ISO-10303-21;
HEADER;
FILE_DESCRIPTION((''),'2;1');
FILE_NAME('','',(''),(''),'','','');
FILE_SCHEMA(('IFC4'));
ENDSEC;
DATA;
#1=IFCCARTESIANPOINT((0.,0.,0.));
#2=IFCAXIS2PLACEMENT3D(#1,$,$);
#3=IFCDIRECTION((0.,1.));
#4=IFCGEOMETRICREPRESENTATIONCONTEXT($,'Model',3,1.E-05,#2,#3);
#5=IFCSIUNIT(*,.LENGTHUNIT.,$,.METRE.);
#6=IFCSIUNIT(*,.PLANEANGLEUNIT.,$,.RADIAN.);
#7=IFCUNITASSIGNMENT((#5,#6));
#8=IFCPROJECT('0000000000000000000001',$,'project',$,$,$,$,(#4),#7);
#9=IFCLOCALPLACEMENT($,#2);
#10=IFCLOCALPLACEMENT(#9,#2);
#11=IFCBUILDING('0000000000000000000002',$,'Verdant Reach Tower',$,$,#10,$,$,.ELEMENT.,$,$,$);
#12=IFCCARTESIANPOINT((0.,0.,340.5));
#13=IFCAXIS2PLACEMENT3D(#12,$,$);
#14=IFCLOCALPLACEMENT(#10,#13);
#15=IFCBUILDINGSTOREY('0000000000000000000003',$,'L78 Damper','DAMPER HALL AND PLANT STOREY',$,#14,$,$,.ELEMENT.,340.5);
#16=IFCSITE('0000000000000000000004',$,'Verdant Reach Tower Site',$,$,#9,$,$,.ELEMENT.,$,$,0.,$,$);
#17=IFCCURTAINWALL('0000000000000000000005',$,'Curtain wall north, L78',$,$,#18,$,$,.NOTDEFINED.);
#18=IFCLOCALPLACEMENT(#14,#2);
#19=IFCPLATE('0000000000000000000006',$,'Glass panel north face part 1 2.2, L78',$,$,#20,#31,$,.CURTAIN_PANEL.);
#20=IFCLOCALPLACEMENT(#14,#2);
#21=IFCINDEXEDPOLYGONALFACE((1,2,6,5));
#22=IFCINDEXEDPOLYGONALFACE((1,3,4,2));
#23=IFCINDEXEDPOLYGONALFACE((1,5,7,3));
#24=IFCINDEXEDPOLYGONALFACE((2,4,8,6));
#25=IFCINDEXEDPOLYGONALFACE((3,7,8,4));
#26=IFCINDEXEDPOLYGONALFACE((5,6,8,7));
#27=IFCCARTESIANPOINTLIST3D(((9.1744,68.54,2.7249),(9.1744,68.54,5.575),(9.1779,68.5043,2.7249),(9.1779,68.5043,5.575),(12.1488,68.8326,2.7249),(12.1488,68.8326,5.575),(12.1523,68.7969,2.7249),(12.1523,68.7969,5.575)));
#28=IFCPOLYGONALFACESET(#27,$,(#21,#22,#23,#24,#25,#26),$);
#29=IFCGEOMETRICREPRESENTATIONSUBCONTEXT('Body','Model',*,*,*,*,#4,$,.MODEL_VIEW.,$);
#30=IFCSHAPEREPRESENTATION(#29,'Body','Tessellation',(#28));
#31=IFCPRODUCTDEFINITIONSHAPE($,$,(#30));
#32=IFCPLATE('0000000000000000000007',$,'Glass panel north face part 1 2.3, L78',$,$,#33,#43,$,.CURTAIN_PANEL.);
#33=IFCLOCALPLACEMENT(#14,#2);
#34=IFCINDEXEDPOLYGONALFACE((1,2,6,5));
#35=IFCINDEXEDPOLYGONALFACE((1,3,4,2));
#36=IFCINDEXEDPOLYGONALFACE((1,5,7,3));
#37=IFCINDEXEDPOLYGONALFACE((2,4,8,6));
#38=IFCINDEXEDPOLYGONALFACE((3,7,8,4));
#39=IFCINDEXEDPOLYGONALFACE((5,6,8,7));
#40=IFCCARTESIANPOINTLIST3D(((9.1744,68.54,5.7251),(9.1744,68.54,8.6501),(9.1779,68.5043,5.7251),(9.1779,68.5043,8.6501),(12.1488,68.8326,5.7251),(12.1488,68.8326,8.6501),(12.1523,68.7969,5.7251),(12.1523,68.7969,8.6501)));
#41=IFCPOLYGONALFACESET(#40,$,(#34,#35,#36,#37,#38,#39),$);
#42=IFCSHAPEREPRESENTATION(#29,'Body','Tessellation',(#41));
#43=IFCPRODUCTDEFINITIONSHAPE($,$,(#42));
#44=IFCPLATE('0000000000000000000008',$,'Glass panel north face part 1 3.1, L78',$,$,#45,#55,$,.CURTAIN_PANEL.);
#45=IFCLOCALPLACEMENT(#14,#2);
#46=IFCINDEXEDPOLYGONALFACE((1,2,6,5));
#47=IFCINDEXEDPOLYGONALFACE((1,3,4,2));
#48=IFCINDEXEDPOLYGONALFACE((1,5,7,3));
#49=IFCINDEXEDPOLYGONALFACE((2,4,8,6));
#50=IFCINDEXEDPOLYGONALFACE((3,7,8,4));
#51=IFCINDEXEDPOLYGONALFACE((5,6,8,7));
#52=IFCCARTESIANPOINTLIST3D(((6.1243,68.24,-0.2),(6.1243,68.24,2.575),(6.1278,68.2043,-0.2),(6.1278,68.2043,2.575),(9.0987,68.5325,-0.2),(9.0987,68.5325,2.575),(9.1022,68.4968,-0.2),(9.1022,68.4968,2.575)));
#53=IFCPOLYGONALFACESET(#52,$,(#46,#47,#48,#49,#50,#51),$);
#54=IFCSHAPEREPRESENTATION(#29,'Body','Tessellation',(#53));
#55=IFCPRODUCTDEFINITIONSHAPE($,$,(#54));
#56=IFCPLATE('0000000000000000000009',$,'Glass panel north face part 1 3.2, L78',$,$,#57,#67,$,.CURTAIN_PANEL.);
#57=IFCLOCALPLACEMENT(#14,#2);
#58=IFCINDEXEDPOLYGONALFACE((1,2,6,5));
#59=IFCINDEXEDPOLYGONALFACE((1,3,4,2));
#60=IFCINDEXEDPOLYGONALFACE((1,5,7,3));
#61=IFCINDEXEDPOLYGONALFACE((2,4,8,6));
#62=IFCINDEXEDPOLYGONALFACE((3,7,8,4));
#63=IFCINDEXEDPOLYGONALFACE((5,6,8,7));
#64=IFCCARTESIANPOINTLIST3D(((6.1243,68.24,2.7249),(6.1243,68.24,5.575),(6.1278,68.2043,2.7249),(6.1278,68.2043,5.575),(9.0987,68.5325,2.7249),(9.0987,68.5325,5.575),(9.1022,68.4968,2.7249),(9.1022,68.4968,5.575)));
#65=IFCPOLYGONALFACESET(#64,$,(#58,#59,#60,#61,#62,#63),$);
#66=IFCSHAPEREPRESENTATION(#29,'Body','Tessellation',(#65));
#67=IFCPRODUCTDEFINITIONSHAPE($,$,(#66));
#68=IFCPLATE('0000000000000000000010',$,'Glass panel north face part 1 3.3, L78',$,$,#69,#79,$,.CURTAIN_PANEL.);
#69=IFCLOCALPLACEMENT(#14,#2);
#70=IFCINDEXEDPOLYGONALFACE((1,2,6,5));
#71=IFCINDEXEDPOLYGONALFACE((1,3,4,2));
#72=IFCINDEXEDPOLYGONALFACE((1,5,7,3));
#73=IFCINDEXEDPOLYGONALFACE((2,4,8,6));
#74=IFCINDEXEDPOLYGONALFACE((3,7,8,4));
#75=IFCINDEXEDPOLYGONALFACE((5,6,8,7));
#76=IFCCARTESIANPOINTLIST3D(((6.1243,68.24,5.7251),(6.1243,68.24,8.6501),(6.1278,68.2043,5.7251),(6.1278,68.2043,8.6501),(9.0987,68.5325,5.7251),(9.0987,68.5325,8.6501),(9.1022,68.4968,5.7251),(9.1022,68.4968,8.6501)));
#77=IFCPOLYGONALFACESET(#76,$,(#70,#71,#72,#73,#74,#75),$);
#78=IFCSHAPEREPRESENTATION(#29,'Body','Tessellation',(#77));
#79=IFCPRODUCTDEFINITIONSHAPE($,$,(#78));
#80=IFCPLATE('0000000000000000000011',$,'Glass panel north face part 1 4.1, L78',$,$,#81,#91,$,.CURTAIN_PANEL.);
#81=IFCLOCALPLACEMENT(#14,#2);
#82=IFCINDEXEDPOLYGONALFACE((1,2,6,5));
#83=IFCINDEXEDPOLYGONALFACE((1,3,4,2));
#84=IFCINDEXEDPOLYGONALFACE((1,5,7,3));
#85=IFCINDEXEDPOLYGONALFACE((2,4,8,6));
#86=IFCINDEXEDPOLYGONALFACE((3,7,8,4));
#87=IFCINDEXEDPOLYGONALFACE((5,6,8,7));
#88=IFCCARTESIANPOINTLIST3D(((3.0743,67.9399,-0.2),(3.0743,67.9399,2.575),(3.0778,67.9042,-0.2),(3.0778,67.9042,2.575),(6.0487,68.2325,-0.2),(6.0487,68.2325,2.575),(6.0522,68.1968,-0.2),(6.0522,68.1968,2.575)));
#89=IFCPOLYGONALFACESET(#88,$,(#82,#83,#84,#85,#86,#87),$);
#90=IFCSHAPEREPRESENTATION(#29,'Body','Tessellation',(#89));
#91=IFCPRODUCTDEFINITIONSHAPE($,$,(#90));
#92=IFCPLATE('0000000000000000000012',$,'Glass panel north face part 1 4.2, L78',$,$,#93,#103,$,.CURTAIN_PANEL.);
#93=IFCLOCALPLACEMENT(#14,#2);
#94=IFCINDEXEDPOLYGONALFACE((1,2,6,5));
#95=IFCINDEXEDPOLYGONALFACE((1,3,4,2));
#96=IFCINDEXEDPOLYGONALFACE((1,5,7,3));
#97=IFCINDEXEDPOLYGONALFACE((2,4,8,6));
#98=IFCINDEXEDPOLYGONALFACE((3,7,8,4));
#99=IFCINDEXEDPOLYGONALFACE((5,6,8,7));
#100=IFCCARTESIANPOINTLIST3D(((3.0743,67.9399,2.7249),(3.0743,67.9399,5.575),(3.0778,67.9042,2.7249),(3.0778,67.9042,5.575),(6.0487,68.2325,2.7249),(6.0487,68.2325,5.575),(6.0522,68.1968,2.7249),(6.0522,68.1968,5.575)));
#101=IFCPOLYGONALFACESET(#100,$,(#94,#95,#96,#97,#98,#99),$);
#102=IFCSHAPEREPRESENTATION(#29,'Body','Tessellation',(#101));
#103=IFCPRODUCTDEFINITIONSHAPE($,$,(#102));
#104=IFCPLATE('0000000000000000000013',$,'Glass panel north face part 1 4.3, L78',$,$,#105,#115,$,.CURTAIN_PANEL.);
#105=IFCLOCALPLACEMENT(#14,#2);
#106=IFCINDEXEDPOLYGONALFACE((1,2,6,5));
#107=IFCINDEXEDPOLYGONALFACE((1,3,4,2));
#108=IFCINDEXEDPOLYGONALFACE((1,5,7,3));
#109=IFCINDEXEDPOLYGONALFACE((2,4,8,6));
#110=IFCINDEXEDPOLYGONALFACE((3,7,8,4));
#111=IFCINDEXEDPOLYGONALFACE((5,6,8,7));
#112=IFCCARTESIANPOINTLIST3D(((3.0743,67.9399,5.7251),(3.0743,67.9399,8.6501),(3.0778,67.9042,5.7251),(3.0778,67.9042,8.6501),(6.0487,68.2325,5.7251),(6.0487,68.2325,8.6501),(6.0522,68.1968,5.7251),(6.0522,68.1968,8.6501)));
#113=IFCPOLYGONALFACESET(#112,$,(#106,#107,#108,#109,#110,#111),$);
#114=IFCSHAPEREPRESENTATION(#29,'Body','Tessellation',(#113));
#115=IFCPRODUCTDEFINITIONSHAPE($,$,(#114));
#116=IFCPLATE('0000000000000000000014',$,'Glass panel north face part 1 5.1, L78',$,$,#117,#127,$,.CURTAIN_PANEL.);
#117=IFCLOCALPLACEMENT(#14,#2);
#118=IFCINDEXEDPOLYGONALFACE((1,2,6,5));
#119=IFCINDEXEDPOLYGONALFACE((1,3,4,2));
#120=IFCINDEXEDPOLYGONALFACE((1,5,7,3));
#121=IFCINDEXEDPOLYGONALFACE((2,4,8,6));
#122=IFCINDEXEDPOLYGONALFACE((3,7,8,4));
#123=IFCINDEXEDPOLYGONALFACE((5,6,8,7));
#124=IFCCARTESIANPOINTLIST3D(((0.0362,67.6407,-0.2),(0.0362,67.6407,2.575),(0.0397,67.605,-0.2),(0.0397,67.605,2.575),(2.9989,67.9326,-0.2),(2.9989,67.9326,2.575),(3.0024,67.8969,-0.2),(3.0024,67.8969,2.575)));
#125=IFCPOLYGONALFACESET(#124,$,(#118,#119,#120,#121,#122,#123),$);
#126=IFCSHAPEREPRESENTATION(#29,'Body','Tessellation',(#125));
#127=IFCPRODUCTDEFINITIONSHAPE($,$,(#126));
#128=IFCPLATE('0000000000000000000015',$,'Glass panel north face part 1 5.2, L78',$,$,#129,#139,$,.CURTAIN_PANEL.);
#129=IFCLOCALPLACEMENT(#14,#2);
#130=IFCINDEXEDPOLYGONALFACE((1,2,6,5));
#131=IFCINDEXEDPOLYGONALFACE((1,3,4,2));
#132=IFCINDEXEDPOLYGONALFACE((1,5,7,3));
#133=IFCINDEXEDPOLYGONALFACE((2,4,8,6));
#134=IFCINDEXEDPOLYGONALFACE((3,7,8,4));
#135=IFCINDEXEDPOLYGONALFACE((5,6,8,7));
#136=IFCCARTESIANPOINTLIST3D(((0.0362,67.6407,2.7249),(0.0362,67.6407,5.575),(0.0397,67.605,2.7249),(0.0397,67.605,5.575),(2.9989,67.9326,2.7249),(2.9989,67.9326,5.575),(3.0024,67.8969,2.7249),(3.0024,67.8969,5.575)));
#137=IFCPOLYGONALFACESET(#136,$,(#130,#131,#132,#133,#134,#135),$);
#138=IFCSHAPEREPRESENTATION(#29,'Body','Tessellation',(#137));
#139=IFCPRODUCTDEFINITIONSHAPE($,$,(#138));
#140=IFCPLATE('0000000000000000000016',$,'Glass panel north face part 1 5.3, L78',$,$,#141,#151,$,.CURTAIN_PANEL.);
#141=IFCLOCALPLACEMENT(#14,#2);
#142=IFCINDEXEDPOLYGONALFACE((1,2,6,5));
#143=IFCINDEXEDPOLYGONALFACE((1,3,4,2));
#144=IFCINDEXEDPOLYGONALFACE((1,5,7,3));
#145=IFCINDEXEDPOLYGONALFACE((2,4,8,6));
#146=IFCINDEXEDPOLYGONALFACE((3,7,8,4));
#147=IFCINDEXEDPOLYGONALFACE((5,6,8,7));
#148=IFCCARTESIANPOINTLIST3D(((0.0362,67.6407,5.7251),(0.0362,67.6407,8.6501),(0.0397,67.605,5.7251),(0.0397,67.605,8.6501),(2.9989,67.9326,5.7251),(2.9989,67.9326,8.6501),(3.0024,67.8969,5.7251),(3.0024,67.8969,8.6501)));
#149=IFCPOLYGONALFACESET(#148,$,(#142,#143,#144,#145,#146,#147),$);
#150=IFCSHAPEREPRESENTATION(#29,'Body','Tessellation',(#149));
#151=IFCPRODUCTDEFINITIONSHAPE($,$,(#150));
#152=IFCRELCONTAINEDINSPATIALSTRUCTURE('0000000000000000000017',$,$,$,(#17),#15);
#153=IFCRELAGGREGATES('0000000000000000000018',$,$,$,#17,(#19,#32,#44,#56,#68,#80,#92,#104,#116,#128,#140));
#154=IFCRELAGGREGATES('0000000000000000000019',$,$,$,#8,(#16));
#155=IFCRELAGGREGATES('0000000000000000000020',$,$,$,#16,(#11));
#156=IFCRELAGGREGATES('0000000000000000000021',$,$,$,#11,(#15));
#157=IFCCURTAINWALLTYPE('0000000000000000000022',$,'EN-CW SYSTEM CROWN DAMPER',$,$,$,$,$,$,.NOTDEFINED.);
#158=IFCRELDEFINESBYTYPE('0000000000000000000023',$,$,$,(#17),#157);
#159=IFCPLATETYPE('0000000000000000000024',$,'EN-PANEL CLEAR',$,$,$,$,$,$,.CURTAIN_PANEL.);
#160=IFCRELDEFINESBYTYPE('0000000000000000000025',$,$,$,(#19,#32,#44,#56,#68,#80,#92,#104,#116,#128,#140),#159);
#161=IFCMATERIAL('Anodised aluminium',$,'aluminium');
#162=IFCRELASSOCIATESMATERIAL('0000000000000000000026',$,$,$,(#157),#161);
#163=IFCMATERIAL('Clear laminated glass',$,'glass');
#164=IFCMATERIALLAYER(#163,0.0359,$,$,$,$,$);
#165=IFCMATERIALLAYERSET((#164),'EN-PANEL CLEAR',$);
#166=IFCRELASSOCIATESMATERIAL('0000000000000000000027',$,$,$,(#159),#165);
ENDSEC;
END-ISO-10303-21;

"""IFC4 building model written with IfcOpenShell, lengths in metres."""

from ifc_helpers import new_model, si_unit, direction, frame, origin, origin_2d, place, context, subcontext, project, spatial, rectangle, extrude, material, layer, layer_set, type_object, element, aggregate, save


model = new_model("IFC4")

# Units and contexts
model_context = context("Model", 3, precision=1e-05, world=origin(), true_north=direction((0.0, 1.0)))
body_context = subcontext(model_context, "Body", "Model", "MODEL_VIEW")
ifc_project = project(units=[si_unit("LENGTHUNIT", "METRE"), si_unit("PLANEANGLEUNIT", "RADIAN")], contexts=[model_context])

# Site, building, storey
site_placement = place(None, origin())
site = spatial("IfcSite", under=ifc_project, at=site_placement, Name="Verdant Reach Tower Site", CompositionType="ELEMENT", RefElevation=0.0)
building_placement = place(site_placement, origin())
building = spatial("IfcBuilding", under=site, at=building_placement, Name="Verdant Reach Tower", CompositionType="ELEMENT")
storey_placement = place(building_placement, frame((0.0, 0.0, 340.5)))
storey = spatial("IfcBuildingStorey", under=building, at=storey_placement, Name="L78 Damper", Description="DAMPER HALL AND PLANT STOREY", CompositionType="ELEMENT", Elevation=340.5)

# Curtain wall
ifc_material_1 = material(Name="Anodised aluminium", Category="aluminium")
curtain_wall_type = type_object("IfcCurtainWallType", Name="EN-CW SYSTEM CROWN DAMPER", PredefinedType="NOTDEFINED", material=ifc_material_1)
curtain_wall_1_placement = place(storey_placement, origin())
curtain_wall_1 = element("IfcCurtainWall", 1, at=curtain_wall_1_placement, inside=storey, type_object=curtain_wall_type, Name="Curtain wall north, L78", PredefinedType="NOTDEFINED")

# Shared definitions
ifc_material_2 = material(Name="Clear laminated glass", Category="glass")
ifc_layer = layer(ifc_material_2, 0.0359)
ifc_layer_set = layer_set([ifc_layer], Name="EN-PANEL CLEAR")
plate_type = type_object("IfcPlateType", Name="EN-PANEL CLEAR", PredefinedType="CURTAIN_PANEL", material=ifc_layer_set)

# Plates
plate_1_placement = place(storey_placement, frame((10.6633, 68.6685, 2.7249), z_axis=(0.0, 0.0, 1.0), x_axis=(-0.995197, -0.097888, 0.0)))
plate_1 = element("IfcPlate", 2, at=plate_1_placement, type_object=plate_type, Name="Glass panel north face part 1 2.2, L78", PredefinedType="CURTAIN_PANEL", context=body_context, shape_type="SweptSolid", body=[
    extrude(rectangle(XDim=2.9888, YDim=0.0359, at=origin_2d()), origin(), (0.0, 0.0, 1.0), 2.8501),
])
plate_2_placement = place(storey_placement, frame((10.6633, 68.6685, 5.7251), z_axis=(0.0, 0.0, 1.0), x_axis=(-0.995197, -0.097888, 0.0)))
plate_2 = element("IfcPlate", 3, at=plate_2_placement, type_object=plate_type, Name="Glass panel north face part 1 2.3, L78", PredefinedType="CURTAIN_PANEL", context=body_context, shape_type="SweptSolid", body=[
    extrude(rectangle(XDim=2.9888, YDim=0.0359, at=origin_2d()), origin(), (0.0, 0.0, 1.0), 2.925),
])
plate_3_placement = place(storey_placement, frame((7.6133, 68.3684, -0.2), z_axis=(0.0, 0.0, 1.0), x_axis=(-0.995197, -0.097888, 0.0)))
plate_3 = element("IfcPlate", 4, at=plate_3_placement, type_object=plate_type, Name="Glass panel north face part 1 3.1, L78", PredefinedType="CURTAIN_PANEL", context=body_context, shape_type="SweptSolid", body=[
    extrude(rectangle(XDim=2.9888, YDim=0.0359, at=origin_2d()), origin(), (0.0, 0.0, 1.0), 2.7749),
])
plate_4_placement = place(storey_placement, frame((7.6133, 68.3684, 2.7249), z_axis=(0.0, 0.0, 1.0), x_axis=(-0.995197, -0.097888, 0.0)))
plate_4 = element("IfcPlate", 5, at=plate_4_placement, type_object=plate_type, Name="Glass panel north face part 1 3.2, L78", PredefinedType="CURTAIN_PANEL", context=body_context, shape_type="SweptSolid", body=[
    extrude(rectangle(XDim=2.9888, YDim=0.0359, at=origin_2d()), origin(), (0.0, 0.0, 1.0), 2.8501),
])
plate_5_placement = place(storey_placement, frame((7.6133, 68.3684, 5.7251), z_axis=(0.0, 0.0, 1.0), x_axis=(-0.995197, -0.097888, 0.0)))
plate_5 = element("IfcPlate", 6, at=plate_5_placement, type_object=plate_type, Name="Glass panel north face part 1 3.3, L78", PredefinedType="CURTAIN_PANEL", context=body_context, shape_type="SweptSolid", body=[
    extrude(rectangle(XDim=2.9888, YDim=0.0359, at=origin_2d()), origin(), (0.0, 0.0, 1.0), 2.925),
])
plate_6_placement = place(storey_placement, frame((4.5632, 68.0684, -0.2), z_axis=(0.0, 0.0, 1.0), x_axis=(-0.995197, -0.097888, 0.0)))
plate_6 = element("IfcPlate", 7, at=plate_6_placement, type_object=plate_type, Name="Glass panel north face part 1 4.1, L78", PredefinedType="CURTAIN_PANEL", context=body_context, shape_type="SweptSolid", body=[
    extrude(rectangle(XDim=2.9888, YDim=0.0359, at=origin_2d()), origin(), (0.0, 0.0, 1.0), 2.7749),
])
plate_7_placement = place(storey_placement, frame((4.5632, 68.0684, 2.7249), z_axis=(0.0, 0.0, 1.0), x_axis=(-0.995197, -0.097888, 0.0)))
plate_7 = element("IfcPlate", 8, at=plate_7_placement, type_object=plate_type, Name="Glass panel north face part 1 4.2, L78", PredefinedType="CURTAIN_PANEL", context=body_context, shape_type="SweptSolid", body=[
    extrude(rectangle(XDim=2.9888, YDim=0.0359, at=origin_2d()), origin(), (0.0, 0.0, 1.0), 2.8501),
])
plate_8_placement = place(storey_placement, frame((4.5632, 68.0684, 5.7251), z_axis=(0.0, 0.0, 1.0), x_axis=(-0.995197, -0.097888, 0.0)))
plate_8 = element("IfcPlate", 9, at=plate_8_placement, type_object=plate_type, Name="Glass panel north face part 1 4.3, L78", PredefinedType="CURTAIN_PANEL", context=body_context, shape_type="SweptSolid", body=[
    extrude(rectangle(XDim=2.9888, YDim=0.0359, at=origin_2d()), origin(), (0.0, 0.0, 1.0), 2.925),
])
plate_9_placement = place(storey_placement, frame((1.5193, 67.7688, -0.2), z_axis=(0.0, 0.0, 1.0), x_axis=(-0.995179, -0.098075, 0.0)))
plate_9 = element("IfcPlate", 10, at=plate_9_placement, type_object=plate_type, Name="Glass panel north face part 1 5.1, L78", PredefinedType="CURTAIN_PANEL", context=body_context, shape_type="SweptSolid", body=[
    extrude(rectangle(XDim=2.9771, YDim=0.0359, at=origin_2d()), origin(), (0.0, 0.0, 1.0), 2.7749),
])
plate_10_placement = place(storey_placement, frame((1.5193, 67.7688, 2.7249), z_axis=(0.0, 0.0, 1.0), x_axis=(-0.995179, -0.098075, 0.0)))
plate_10 = element("IfcPlate", 11, at=plate_10_placement, type_object=plate_type, Name="Glass panel north face part 1 5.2, L78", PredefinedType="CURTAIN_PANEL", context=body_context, shape_type="SweptSolid", body=[
    extrude(rectangle(XDim=2.9771, YDim=0.0359, at=origin_2d()), origin(), (0.0, 0.0, 1.0), 2.8501),
])
plate_11_placement = place(storey_placement, frame((1.5193, 67.7688, 5.7251), z_axis=(0.0, 0.0, 1.0), x_axis=(-0.995179, -0.098075, 0.0)))
plate_11 = element("IfcPlate", 12, at=plate_11_placement, type_object=plate_type, Name="Glass panel north face part 1 5.3, L78", PredefinedType="CURTAIN_PANEL", context=body_context, shape_type="SweptSolid", body=[
    extrude(rectangle(XDim=2.9771, YDim=0.0359, at=origin_2d()), origin(), (0.0, 0.0, 1.0), 2.925),
])
aggregate(curtain_wall_1, [plate_1, plate_2, plate_3, plate_4, plate_5, plate_6, plate_7, plate_8, plate_9, plate_10, plate_11])

save(model, "model.ifc")
